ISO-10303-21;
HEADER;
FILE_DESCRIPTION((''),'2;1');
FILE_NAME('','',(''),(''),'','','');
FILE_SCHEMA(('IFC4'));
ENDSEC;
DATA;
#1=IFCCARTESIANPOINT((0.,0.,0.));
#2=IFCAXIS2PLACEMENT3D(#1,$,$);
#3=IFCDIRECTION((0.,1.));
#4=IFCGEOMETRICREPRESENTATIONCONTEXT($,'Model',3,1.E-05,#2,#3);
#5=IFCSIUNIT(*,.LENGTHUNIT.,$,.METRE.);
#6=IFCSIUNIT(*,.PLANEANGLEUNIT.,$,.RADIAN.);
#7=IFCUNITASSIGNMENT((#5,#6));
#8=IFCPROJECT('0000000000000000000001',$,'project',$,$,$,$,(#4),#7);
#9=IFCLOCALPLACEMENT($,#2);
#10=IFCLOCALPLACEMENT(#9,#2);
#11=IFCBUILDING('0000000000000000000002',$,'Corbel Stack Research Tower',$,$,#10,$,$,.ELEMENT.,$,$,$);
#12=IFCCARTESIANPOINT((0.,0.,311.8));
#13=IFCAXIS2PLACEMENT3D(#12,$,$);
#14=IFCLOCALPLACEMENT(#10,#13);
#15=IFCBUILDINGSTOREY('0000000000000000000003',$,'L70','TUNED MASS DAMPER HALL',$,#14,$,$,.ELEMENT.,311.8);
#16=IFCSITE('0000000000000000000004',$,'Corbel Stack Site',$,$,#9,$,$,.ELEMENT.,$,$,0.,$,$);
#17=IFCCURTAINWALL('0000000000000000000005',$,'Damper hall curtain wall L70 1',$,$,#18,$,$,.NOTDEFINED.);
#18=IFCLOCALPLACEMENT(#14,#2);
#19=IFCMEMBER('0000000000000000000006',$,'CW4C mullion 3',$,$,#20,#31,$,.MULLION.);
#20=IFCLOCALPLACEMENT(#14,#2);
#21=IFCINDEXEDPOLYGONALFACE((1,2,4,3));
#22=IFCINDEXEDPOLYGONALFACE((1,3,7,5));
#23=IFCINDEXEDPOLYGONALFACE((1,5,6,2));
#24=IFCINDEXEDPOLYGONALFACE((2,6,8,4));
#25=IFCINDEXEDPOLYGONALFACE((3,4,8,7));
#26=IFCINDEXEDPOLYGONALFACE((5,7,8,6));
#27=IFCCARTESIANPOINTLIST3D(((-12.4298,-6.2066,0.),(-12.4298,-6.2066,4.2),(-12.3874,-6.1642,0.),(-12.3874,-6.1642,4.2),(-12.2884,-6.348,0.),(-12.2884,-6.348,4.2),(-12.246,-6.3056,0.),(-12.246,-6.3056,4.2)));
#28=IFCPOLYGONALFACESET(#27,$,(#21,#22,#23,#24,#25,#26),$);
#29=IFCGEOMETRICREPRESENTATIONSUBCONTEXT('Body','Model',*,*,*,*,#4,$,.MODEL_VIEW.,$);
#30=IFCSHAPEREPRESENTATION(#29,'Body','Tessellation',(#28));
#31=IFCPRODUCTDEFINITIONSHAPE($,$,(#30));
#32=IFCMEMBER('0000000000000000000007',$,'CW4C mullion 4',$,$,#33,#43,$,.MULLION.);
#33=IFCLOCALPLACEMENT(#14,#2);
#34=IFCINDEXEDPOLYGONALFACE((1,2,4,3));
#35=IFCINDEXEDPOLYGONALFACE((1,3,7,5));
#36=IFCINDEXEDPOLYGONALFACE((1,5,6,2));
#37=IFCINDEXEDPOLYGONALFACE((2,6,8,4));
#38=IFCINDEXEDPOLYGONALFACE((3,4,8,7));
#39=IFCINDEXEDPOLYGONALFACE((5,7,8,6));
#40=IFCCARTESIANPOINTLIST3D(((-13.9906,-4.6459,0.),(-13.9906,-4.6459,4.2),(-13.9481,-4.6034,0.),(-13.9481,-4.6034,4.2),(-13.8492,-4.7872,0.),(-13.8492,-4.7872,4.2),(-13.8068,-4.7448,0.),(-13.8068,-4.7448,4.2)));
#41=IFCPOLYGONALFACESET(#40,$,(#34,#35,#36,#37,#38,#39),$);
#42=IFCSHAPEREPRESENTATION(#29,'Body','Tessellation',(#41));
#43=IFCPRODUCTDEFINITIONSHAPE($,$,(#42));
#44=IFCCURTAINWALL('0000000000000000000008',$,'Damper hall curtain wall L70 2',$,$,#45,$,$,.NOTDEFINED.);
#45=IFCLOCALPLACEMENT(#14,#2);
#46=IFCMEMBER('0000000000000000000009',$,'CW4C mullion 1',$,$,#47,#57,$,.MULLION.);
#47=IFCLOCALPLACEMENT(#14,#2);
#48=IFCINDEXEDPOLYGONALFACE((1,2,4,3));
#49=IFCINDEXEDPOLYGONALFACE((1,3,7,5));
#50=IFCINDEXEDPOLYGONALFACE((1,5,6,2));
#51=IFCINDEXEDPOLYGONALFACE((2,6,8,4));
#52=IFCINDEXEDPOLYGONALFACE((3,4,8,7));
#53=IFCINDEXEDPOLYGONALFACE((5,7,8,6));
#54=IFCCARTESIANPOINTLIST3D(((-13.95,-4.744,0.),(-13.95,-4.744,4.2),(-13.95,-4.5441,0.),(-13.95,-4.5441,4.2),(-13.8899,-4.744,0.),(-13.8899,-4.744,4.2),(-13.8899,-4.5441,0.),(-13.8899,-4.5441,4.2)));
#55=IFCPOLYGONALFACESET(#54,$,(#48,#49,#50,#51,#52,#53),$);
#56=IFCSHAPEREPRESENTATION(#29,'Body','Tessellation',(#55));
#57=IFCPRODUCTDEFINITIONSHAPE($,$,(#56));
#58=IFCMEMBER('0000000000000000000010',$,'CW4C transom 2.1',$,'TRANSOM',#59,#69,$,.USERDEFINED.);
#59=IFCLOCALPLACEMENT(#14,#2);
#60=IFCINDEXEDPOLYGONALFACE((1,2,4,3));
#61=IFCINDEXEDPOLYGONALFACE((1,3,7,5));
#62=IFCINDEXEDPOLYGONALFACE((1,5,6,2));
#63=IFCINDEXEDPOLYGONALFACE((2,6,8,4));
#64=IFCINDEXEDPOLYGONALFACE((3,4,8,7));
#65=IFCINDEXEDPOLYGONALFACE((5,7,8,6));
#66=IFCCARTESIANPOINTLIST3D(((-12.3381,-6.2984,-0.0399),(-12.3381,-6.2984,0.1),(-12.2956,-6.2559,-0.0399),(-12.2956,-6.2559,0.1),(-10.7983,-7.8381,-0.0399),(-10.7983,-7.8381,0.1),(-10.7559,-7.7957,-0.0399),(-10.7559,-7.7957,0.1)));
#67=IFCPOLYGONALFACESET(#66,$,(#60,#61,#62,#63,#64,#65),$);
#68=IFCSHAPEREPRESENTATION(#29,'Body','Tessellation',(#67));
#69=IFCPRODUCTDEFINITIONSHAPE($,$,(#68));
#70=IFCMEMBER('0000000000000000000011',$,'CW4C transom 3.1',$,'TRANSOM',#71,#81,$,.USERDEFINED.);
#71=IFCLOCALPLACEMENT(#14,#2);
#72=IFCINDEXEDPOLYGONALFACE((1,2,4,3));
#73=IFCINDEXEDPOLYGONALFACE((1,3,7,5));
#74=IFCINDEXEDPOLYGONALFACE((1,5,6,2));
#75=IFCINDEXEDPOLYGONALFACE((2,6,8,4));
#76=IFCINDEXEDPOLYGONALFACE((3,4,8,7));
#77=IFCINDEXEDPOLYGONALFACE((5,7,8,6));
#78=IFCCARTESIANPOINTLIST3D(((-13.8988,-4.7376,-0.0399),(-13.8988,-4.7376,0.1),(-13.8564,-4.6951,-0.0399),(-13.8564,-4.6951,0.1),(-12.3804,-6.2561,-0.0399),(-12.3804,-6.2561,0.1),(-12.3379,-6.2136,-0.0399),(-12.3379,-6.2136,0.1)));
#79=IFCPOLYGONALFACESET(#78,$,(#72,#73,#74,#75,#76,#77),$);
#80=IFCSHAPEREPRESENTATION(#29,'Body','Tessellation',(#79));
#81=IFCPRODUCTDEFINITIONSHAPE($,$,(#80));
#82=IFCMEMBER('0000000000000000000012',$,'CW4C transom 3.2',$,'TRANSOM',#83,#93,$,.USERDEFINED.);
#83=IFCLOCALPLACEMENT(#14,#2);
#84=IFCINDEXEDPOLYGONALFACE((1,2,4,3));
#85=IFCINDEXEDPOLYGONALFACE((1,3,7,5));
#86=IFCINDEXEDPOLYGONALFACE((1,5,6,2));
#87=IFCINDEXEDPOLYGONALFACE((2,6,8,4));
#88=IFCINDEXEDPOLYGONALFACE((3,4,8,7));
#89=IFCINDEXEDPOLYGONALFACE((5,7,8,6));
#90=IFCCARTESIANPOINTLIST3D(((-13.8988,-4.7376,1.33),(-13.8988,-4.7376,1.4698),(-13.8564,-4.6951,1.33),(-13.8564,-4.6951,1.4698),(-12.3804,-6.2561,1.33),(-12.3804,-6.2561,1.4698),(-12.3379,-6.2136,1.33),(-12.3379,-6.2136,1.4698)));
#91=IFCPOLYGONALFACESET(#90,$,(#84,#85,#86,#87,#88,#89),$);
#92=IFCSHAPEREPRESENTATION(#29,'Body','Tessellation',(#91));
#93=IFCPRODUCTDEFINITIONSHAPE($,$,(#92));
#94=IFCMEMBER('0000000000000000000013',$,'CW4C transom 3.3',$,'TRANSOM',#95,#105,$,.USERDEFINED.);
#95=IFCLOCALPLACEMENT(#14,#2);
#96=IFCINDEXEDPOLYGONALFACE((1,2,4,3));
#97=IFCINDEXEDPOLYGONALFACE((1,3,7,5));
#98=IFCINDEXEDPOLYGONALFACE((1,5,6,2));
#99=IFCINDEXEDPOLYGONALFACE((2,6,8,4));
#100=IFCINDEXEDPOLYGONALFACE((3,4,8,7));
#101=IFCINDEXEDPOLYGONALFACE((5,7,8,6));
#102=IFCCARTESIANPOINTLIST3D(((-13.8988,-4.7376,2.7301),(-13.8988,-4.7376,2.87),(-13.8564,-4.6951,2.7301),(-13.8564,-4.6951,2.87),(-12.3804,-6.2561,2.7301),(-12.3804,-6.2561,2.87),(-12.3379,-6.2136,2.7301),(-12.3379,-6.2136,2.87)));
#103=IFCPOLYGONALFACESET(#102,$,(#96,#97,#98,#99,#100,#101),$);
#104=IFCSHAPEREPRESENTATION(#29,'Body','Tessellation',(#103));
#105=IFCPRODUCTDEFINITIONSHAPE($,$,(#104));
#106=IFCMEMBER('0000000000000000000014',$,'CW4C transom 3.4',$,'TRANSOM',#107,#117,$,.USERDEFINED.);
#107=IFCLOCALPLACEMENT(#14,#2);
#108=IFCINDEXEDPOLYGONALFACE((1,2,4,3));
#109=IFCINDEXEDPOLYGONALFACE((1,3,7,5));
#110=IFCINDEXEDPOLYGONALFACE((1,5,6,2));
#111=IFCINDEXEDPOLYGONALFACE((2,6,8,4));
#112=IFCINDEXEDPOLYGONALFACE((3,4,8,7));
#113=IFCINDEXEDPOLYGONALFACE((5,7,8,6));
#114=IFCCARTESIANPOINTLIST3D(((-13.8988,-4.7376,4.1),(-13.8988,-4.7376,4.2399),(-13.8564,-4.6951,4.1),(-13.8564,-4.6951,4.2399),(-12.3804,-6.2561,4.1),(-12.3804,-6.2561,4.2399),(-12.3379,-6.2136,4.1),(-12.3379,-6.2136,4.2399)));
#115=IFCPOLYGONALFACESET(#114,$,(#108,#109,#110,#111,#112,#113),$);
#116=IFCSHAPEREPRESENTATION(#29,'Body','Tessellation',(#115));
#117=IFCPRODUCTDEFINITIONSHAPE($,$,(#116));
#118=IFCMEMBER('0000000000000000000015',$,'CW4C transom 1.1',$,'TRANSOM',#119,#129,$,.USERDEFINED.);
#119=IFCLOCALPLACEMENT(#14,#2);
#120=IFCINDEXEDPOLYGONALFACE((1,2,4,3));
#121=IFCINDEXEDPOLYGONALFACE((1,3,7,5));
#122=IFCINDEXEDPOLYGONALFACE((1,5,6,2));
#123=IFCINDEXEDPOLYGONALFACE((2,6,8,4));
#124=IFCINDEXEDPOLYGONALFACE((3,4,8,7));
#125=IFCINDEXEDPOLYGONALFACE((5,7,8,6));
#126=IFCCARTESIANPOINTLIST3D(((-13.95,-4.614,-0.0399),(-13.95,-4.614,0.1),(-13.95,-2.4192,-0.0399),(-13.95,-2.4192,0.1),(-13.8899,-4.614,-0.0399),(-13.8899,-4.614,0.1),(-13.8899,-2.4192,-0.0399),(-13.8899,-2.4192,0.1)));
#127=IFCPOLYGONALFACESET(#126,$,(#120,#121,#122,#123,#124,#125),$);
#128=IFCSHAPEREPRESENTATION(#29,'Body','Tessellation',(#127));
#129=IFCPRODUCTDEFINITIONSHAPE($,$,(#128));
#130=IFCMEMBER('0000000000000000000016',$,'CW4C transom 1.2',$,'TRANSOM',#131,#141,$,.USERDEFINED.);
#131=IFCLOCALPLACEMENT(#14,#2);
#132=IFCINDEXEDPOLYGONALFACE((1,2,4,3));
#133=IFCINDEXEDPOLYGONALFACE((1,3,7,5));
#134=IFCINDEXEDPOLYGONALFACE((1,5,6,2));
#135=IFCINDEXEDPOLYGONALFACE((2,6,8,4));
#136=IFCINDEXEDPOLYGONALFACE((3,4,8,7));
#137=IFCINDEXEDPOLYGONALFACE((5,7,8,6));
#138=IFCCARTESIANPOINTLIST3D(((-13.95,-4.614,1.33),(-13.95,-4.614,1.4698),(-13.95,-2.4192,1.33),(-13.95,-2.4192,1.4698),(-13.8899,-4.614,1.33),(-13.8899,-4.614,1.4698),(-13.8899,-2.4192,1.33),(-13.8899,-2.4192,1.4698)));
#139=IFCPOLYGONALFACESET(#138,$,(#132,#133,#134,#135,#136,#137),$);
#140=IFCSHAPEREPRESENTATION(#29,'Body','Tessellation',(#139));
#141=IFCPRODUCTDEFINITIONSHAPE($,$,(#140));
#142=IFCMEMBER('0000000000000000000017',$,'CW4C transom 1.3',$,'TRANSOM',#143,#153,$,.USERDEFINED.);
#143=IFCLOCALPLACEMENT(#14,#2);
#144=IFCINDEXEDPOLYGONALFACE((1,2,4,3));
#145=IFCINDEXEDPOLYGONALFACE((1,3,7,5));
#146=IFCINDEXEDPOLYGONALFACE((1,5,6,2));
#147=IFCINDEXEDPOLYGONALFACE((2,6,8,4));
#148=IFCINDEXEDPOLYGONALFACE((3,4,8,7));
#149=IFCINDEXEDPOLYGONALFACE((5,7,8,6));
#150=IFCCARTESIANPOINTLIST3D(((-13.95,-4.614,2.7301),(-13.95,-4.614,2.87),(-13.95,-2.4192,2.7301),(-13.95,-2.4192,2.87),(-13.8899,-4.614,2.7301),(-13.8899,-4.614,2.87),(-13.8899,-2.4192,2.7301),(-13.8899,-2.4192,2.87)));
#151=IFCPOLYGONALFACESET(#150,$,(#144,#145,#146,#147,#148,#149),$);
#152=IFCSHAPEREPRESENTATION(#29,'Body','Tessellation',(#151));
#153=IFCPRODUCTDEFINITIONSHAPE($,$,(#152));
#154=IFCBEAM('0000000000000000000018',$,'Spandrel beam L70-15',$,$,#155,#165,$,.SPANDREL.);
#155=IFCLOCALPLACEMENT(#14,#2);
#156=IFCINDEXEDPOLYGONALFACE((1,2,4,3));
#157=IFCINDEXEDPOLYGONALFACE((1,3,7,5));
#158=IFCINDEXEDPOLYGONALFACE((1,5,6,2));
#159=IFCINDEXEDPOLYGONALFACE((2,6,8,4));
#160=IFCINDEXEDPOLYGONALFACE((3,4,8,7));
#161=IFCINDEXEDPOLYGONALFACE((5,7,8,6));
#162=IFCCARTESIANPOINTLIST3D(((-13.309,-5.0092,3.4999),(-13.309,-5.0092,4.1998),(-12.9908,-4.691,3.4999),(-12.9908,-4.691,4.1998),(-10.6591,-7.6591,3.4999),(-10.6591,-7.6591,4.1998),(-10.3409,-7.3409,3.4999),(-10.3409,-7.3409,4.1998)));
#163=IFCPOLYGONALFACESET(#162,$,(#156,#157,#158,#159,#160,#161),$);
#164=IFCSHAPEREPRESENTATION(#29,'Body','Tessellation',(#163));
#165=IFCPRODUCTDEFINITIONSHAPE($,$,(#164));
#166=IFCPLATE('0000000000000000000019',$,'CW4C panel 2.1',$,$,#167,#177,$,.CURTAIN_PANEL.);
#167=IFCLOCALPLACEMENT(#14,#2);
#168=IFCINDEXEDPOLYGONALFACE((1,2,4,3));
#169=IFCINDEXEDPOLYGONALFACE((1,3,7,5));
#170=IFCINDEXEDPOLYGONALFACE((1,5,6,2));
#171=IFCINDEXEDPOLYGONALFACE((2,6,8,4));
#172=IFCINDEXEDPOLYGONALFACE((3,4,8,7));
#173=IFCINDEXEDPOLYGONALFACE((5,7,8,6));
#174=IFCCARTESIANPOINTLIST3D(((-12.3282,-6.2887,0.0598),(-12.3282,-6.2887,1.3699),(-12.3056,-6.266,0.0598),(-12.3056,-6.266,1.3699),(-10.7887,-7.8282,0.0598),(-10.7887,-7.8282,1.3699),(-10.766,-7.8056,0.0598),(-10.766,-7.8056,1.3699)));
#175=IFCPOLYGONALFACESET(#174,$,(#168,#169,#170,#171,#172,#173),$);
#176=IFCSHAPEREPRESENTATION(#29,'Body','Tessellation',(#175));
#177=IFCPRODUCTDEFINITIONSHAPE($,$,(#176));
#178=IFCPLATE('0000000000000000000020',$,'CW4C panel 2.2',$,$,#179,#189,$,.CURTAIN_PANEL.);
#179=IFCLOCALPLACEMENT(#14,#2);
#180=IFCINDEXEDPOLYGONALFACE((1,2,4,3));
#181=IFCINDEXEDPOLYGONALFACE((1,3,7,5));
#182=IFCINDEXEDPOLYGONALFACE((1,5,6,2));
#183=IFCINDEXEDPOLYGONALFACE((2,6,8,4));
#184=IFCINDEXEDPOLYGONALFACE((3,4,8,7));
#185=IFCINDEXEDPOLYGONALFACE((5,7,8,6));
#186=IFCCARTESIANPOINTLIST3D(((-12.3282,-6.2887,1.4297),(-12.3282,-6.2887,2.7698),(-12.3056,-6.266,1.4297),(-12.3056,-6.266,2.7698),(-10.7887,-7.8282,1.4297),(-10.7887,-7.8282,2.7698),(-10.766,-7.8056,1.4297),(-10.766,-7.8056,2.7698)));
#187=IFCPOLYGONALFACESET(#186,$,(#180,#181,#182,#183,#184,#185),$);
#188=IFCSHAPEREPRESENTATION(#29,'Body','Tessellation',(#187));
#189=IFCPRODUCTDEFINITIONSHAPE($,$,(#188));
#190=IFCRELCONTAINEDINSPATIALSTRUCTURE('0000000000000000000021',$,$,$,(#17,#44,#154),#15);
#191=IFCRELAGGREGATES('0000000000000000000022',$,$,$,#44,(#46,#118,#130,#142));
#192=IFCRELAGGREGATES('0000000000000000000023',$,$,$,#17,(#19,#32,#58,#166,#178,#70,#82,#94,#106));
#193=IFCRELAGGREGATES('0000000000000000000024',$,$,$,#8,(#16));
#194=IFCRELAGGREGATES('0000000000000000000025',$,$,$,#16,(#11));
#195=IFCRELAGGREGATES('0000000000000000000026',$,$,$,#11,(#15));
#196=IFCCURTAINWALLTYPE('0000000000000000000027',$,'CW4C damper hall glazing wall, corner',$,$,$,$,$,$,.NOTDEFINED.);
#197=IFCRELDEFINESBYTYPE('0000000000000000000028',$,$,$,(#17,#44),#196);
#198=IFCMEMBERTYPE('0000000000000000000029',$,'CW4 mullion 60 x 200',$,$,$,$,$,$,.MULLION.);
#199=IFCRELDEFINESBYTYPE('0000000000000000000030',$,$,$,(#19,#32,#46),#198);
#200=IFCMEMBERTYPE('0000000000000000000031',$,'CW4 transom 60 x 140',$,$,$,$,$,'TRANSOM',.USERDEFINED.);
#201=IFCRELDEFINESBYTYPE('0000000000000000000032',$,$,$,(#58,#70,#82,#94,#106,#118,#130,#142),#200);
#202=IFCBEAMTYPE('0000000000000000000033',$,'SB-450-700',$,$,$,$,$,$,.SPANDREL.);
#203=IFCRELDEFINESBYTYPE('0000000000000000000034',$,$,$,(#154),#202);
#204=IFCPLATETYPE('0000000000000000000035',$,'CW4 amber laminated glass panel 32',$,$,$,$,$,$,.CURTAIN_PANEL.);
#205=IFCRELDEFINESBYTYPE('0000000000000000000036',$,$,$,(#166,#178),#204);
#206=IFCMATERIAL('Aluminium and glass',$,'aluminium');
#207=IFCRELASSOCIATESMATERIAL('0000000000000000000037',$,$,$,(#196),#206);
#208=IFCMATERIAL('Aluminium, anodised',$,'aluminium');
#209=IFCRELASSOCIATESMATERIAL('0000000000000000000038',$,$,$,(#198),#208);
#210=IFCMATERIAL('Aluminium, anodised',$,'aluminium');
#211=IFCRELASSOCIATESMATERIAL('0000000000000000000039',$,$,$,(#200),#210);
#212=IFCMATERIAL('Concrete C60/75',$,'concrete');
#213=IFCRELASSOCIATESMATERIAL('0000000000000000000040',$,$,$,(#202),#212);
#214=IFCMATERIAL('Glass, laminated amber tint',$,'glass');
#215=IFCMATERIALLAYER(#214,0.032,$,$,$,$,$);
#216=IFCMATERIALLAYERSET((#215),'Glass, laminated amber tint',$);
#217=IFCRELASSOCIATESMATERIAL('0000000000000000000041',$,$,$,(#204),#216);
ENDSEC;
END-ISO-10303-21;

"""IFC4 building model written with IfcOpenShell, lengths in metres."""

from ifc_helpers import new_model, si_unit, direction, frame, origin, origin_2d, place, context, subcontext, project, spatial, rectangle, extrude, material, layer, layer_set, material_profile, profile_set, type_object, element, aggregate, save


model = new_model("IFC4")

# Units and contexts
model_context = context("Model", 3, precision=1e-05, world=origin(), true_north=direction((0.0, 1.0)))
body_context = subcontext(model_context, "Body", "Model", "MODEL_VIEW")
ifc_project = project(units=[si_unit("LENGTHUNIT", "METRE"), si_unit("PLANEANGLEUNIT", "RADIAN")], contexts=[model_context])

# Site, building, storey
site_placement = place(None, origin())
site = spatial("IfcSite", under=ifc_project, at=site_placement, Name="Corbel Stack Site", CompositionType="ELEMENT", RefElevation=0.0)
building_placement = place(site_placement, origin())
building = spatial("IfcBuilding", under=site, at=building_placement, Name="Corbel Stack Research Tower", CompositionType="ELEMENT")
storey_placement = place(building_placement, frame((0.0, 0.0, 311.8)))
storey = spatial("IfcBuildingStorey", under=building, at=storey_placement, Name="L70", Description="TUNED MASS DAMPER HALL", CompositionType="ELEMENT", Elevation=311.8)

# Curtain wall, members
ifc_material_1 = material(Name="Aluminium and glass", Category="aluminium")
curtain_wall_type = type_object("IfcCurtainWallType", Name="CW4C damper hall glazing wall, corner", PredefinedType="NOTDEFINED", material=ifc_material_1)
curtain_wall_1_placement = place(storey_placement, origin())
curtain_wall_1 = element("IfcCurtainWall", 1, at=curtain_wall_1_placement, inside=storey, type_object=curtain_wall_type, Name="Damper hall curtain wall L70 1", PredefinedType="NOTDEFINED")
ifc_material_2 = material(Name="Aluminium, anodised", Category="aluminium")
ifc_material_profile_1 = material_profile(ifc_material_2, rectangle(XDim=0.0601, YDim=0.2, at=origin_2d()), Name="CW4 mullion 60 x 200")
ifc_profile_set_1 = profile_set([ifc_material_profile_1], Name="Aluminium, anodised")
member_type_1 = type_object("IfcMemberType", Name="CW4 mullion 60 x 200", PredefinedType="MULLION", material=ifc_profile_set_1)
member_1_placement = place(storey_placement, frame((-12.3379, -6.2561, 0.0), z_axis=(0.0, 0.0, 1.0), x_axis=(-0.707107, -0.707107, 0.0)))
member_1 = element("IfcMember", 2, at=member_1_placement, type_object=member_type_1, Name="CW4C mullion 3", PredefinedType="MULLION", context=body_context, shape_type="SweptSolid", body=[
    extrude(rectangle(XDim=0.0601, YDim=0.2, at=origin_2d()), origin(), (0.0, 0.0, 1.0), 4.2),
])
member_2_placement = place(storey_placement, frame((-13.8987, -4.6953, 0.0), z_axis=(0.0, 0.0, 1.0), x_axis=(-0.707107, -0.707107, 0.0)))
member_2 = element("IfcMember", 3, at=member_2_placement, type_object=member_type_1, Name="CW4C mullion 4", PredefinedType="MULLION", context=body_context, shape_type="SweptSolid", body=[
    extrude(rectangle(XDim=0.0601, YDim=0.2, at=origin_2d()), origin(), (0.0, 0.0, 1.0), 4.2),
])

# Curtain wall, member
curtain_wall_2_placement = place(storey_placement, origin())
curtain_wall_2 = element("IfcCurtainWall", 4, at=curtain_wall_2_placement, inside=storey, type_object=curtain_wall_type, Name="Damper hall curtain wall L70 2", PredefinedType="NOTDEFINED")
member_3_placement = place(storey_placement, frame((-13.9199, -4.644, 0.0), z_axis=(0.0, 0.0, 1.0), x_axis=(-1.0, 0.0, 0.0)))
member_3 = element("IfcMember", 5, at=member_3_placement, type_object=member_type_1, Name="CW4C mullion 1", PredefinedType="MULLION", context=body_context, shape_type="SweptSolid", body=[
    extrude(rectangle(XDim=0.0601, YDim=0.2, at=origin_2d()), origin(), (0.0, 0.0, 1.0), 4.2),
])

# Members
ifc_material_3 = material(Name="Aluminium, anodised", Category="aluminium")
ifc_material_profile_2 = material_profile(ifc_material_3, rectangle(XDim=0.0601, YDim=0.1399, at=origin_2d()), Name="CW4 transom 60 x 140")
ifc_profile_set_2 = profile_set([ifc_material_profile_2], Name="Aluminium, anodised")
member_type_2 = type_object("IfcMemberType", Name="CW4 transom 60 x 140", ElementType="TRANSOM", PredefinedType="USERDEFINED", material=ifc_profile_set_2)
member_4_placement = place(storey_placement, frame((-10.7771, -7.8169, 0.03), z_axis=(-0.707107, 0.707107, 0.0), x_axis=(-0.707107, -0.707107, 0.0)))
member_4 = element("IfcMember", 6, at=member_4_placement, type_object=member_type_2, Name="CW4C transom 2.1", ObjectType="TRANSOM", PredefinedType="USERDEFINED", context=body_context, shape_type="SweptSolid", body=[
    extrude(rectangle(XDim=0.0601, YDim=0.1399, at=origin_2d()), origin(), (0.0, 0.0, 1.0), 2.1775),
])
member_5_placement = place(storey_placement, frame((-12.3591, -6.2349, 0.03), z_axis=(-0.707107, 0.707107, 0.0), x_axis=(-0.707107, -0.707107, 0.0)))
member_5 = element("IfcMember", 7, at=member_5_placement, type_object=member_type_2, Name="CW4C transom 3.1", ObjectType="TRANSOM", PredefinedType="USERDEFINED", context=body_context, shape_type="SweptSolid", body=[
    extrude(rectangle(XDim=0.0601, YDim=0.1399, at=origin_2d()), origin(), (0.0, 0.0, 1.0), 2.1475),
])
member_6_placement = place(storey_placement, frame((-12.3591, -6.2349, 1.3999), z_axis=(-0.707107, 0.707107, 0.0), x_axis=(-0.707107, -0.707107, 0.0)))
member_6 = element("IfcMember", 8, at=member_6_placement, type_object=member_type_2, Name="CW4C transom 3.2", ObjectType="TRANSOM", PredefinedType="USERDEFINED", context=body_context, shape_type="SweptSolid", body=[
    extrude(rectangle(XDim=0.0601, YDim=0.1399, at=origin_2d()), origin(), (0.0, 0.0, 1.0), 2.1475),
])
member_7_placement = place(storey_placement, frame((-12.3591, -6.2349, 2.8), z_axis=(-0.707107, 0.707107, 0.0), x_axis=(-0.707107, -0.707107, 0.0)))
member_7 = element("IfcMember", 9, at=member_7_placement, type_object=member_type_2, Name="CW4C transom 3.3", ObjectType="TRANSOM", PredefinedType="USERDEFINED", context=body_context, shape_type="SweptSolid", body=[
    extrude(rectangle(XDim=0.0601, YDim=0.1399, at=origin_2d()), origin(), (0.0, 0.0, 1.0), 2.1475),
])
member_8_placement = place(storey_placement, frame((-12.3591, -6.2349, 4.1699), z_axis=(-0.707107, 0.707107, 0.0), x_axis=(-0.707107, -0.707107, 0.0)))
member_8 = element("IfcMember", 10, at=member_8_placement, type_object=member_type_2, Name="CW4C transom 3.4", ObjectType="TRANSOM", PredefinedType="USERDEFINED", context=body_context, shape_type="SweptSolid", body=[
    extrude(rectangle(XDim=0.0601, YDim=0.1399, at=origin_2d()), origin(), (0.0, 0.0, 1.0), 2.1475),
])
member_9_placement = place(storey_placement, frame((-13.9199, -4.614, 0.03), z_axis=(0.0, 1.0, 0.0), x_axis=(-1.0, 0.0, 0.0)))
member_9 = element("IfcMember", 11, at=member_9_placement, type_object=member_type_2, Name="CW4C transom 1.1", ObjectType="TRANSOM", PredefinedType="USERDEFINED", context=body_context, shape_type="SweptSolid", body=[
    extrude(rectangle(XDim=0.0601, YDim=0.1399, at=origin_2d()), origin(), (0.0, 0.0, 1.0), 2.1948),
])
member_10_placement = place(storey_placement, frame((-13.9199, -4.614, 1.3999), z_axis=(0.0, 1.0, 0.0), x_axis=(-1.0, 0.0, 0.0)))
member_10 = element("IfcMember", 12, at=member_10_placement, type_object=member_type_2, Name="CW4C transom 1.2", ObjectType="TRANSOM", PredefinedType="USERDEFINED", context=body_context, shape_type="SweptSolid", body=[
    extrude(rectangle(XDim=0.0601, YDim=0.1399, at=origin_2d()), origin(), (0.0, 0.0, 1.0), 2.1948),
])
member_11_placement = place(storey_placement, frame((-13.9199, -4.614, 2.8), z_axis=(0.0, 1.0, 0.0), x_axis=(-1.0, 0.0, 0.0)))
member_11 = element("IfcMember", 13, at=member_11_placement, type_object=member_type_2, Name="CW4C transom 1.3", ObjectType="TRANSOM", PredefinedType="USERDEFINED", context=body_context, shape_type="SweptSolid", body=[
    extrude(rectangle(XDim=0.0601, YDim=0.1399, at=origin_2d()), origin(), (0.0, 0.0, 1.0), 2.1948),
])
aggregate(curtain_wall_2, [member_3, member_9, member_10, member_11])

# Beam
ifc_material_4 = material(Name="Concrete C60/75", Category="concrete")
ifc_material_profile_3 = material_profile(ifc_material_4, rectangle(XDim=0.45, YDim=0.7, at=origin_2d()), Name="RC 450 x 700")
ifc_profile_set_3 = profile_set([ifc_material_profile_3], Name="Concrete C60/75")
beam_type = type_object("IfcBeamType", Name="SB-450-700", PredefinedType="SPANDREL", material=ifc_profile_set_3)
beam_placement = place(storey_placement, frame((-13.1499, -4.8501, 3.8499), z_axis=(0.707107, -0.707107, 0.0), x_axis=(0.707107, 0.707107, 0.0)))
element("IfcBeam", 14, at=beam_placement, inside=storey, type_object=beam_type, Name="Spandrel beam L70-15", PredefinedType="SPANDREL", context=body_context, shape_type="SweptSolid", body=[
    extrude(rectangle(XDim=0.45, YDim=0.7, at=origin_2d()), origin(), (0.0, 0.0, 1.0), 3.7476),
])

# Plates
ifc_material_5 = material(Name="Glass, laminated amber tint", Category="glass")
ifc_layer = layer(ifc_material_5, 0.032)
ifc_layer_set = layer_set([ifc_layer], Name="Glass, laminated amber tint")
plate_type = type_object("IfcPlateType", Name="CW4 amber laminated glass panel 32", PredefinedType="CURTAIN_PANEL", material=ifc_layer_set)
plate_1_placement = place(storey_placement, frame((-11.5471, -7.0471, 0.0598), z_axis=(0.0, 0.0, 1.0), x_axis=(-0.707107, 0.707107, 0.0)))
plate_1 = element("IfcPlate", 15, at=plate_1_placement, type_object=plate_type, Name="CW4C panel 2.1", PredefinedType="CURTAIN_PANEL", context=body_context, shape_type="SweptSolid", body=[
    extrude(rectangle(XDim=2.1772, YDim=0.032, at=origin_2d()), origin(), (0.0, 0.0, 1.0), 1.3101),
])
plate_2_placement = place(storey_placement, frame((-11.5471, -7.0471, 1.4297), z_axis=(0.0, 0.0, 1.0), x_axis=(-0.707107, 0.707107, 0.0)))
plate_2 = element("IfcPlate", 16, at=plate_2_placement, type_object=plate_type, Name="CW4C panel 2.2", PredefinedType="CURTAIN_PANEL", context=body_context, shape_type="SweptSolid", body=[
    extrude(rectangle(XDim=2.1772, YDim=0.032, at=origin_2d()), origin(), (0.0, 0.0, 1.0), 1.3401),
])
aggregate(curtain_wall_1, [member_1, member_2, member_4, plate_1, plate_2, member_5, member_6, member_7, member_8])

save(model, "model.ifc")
